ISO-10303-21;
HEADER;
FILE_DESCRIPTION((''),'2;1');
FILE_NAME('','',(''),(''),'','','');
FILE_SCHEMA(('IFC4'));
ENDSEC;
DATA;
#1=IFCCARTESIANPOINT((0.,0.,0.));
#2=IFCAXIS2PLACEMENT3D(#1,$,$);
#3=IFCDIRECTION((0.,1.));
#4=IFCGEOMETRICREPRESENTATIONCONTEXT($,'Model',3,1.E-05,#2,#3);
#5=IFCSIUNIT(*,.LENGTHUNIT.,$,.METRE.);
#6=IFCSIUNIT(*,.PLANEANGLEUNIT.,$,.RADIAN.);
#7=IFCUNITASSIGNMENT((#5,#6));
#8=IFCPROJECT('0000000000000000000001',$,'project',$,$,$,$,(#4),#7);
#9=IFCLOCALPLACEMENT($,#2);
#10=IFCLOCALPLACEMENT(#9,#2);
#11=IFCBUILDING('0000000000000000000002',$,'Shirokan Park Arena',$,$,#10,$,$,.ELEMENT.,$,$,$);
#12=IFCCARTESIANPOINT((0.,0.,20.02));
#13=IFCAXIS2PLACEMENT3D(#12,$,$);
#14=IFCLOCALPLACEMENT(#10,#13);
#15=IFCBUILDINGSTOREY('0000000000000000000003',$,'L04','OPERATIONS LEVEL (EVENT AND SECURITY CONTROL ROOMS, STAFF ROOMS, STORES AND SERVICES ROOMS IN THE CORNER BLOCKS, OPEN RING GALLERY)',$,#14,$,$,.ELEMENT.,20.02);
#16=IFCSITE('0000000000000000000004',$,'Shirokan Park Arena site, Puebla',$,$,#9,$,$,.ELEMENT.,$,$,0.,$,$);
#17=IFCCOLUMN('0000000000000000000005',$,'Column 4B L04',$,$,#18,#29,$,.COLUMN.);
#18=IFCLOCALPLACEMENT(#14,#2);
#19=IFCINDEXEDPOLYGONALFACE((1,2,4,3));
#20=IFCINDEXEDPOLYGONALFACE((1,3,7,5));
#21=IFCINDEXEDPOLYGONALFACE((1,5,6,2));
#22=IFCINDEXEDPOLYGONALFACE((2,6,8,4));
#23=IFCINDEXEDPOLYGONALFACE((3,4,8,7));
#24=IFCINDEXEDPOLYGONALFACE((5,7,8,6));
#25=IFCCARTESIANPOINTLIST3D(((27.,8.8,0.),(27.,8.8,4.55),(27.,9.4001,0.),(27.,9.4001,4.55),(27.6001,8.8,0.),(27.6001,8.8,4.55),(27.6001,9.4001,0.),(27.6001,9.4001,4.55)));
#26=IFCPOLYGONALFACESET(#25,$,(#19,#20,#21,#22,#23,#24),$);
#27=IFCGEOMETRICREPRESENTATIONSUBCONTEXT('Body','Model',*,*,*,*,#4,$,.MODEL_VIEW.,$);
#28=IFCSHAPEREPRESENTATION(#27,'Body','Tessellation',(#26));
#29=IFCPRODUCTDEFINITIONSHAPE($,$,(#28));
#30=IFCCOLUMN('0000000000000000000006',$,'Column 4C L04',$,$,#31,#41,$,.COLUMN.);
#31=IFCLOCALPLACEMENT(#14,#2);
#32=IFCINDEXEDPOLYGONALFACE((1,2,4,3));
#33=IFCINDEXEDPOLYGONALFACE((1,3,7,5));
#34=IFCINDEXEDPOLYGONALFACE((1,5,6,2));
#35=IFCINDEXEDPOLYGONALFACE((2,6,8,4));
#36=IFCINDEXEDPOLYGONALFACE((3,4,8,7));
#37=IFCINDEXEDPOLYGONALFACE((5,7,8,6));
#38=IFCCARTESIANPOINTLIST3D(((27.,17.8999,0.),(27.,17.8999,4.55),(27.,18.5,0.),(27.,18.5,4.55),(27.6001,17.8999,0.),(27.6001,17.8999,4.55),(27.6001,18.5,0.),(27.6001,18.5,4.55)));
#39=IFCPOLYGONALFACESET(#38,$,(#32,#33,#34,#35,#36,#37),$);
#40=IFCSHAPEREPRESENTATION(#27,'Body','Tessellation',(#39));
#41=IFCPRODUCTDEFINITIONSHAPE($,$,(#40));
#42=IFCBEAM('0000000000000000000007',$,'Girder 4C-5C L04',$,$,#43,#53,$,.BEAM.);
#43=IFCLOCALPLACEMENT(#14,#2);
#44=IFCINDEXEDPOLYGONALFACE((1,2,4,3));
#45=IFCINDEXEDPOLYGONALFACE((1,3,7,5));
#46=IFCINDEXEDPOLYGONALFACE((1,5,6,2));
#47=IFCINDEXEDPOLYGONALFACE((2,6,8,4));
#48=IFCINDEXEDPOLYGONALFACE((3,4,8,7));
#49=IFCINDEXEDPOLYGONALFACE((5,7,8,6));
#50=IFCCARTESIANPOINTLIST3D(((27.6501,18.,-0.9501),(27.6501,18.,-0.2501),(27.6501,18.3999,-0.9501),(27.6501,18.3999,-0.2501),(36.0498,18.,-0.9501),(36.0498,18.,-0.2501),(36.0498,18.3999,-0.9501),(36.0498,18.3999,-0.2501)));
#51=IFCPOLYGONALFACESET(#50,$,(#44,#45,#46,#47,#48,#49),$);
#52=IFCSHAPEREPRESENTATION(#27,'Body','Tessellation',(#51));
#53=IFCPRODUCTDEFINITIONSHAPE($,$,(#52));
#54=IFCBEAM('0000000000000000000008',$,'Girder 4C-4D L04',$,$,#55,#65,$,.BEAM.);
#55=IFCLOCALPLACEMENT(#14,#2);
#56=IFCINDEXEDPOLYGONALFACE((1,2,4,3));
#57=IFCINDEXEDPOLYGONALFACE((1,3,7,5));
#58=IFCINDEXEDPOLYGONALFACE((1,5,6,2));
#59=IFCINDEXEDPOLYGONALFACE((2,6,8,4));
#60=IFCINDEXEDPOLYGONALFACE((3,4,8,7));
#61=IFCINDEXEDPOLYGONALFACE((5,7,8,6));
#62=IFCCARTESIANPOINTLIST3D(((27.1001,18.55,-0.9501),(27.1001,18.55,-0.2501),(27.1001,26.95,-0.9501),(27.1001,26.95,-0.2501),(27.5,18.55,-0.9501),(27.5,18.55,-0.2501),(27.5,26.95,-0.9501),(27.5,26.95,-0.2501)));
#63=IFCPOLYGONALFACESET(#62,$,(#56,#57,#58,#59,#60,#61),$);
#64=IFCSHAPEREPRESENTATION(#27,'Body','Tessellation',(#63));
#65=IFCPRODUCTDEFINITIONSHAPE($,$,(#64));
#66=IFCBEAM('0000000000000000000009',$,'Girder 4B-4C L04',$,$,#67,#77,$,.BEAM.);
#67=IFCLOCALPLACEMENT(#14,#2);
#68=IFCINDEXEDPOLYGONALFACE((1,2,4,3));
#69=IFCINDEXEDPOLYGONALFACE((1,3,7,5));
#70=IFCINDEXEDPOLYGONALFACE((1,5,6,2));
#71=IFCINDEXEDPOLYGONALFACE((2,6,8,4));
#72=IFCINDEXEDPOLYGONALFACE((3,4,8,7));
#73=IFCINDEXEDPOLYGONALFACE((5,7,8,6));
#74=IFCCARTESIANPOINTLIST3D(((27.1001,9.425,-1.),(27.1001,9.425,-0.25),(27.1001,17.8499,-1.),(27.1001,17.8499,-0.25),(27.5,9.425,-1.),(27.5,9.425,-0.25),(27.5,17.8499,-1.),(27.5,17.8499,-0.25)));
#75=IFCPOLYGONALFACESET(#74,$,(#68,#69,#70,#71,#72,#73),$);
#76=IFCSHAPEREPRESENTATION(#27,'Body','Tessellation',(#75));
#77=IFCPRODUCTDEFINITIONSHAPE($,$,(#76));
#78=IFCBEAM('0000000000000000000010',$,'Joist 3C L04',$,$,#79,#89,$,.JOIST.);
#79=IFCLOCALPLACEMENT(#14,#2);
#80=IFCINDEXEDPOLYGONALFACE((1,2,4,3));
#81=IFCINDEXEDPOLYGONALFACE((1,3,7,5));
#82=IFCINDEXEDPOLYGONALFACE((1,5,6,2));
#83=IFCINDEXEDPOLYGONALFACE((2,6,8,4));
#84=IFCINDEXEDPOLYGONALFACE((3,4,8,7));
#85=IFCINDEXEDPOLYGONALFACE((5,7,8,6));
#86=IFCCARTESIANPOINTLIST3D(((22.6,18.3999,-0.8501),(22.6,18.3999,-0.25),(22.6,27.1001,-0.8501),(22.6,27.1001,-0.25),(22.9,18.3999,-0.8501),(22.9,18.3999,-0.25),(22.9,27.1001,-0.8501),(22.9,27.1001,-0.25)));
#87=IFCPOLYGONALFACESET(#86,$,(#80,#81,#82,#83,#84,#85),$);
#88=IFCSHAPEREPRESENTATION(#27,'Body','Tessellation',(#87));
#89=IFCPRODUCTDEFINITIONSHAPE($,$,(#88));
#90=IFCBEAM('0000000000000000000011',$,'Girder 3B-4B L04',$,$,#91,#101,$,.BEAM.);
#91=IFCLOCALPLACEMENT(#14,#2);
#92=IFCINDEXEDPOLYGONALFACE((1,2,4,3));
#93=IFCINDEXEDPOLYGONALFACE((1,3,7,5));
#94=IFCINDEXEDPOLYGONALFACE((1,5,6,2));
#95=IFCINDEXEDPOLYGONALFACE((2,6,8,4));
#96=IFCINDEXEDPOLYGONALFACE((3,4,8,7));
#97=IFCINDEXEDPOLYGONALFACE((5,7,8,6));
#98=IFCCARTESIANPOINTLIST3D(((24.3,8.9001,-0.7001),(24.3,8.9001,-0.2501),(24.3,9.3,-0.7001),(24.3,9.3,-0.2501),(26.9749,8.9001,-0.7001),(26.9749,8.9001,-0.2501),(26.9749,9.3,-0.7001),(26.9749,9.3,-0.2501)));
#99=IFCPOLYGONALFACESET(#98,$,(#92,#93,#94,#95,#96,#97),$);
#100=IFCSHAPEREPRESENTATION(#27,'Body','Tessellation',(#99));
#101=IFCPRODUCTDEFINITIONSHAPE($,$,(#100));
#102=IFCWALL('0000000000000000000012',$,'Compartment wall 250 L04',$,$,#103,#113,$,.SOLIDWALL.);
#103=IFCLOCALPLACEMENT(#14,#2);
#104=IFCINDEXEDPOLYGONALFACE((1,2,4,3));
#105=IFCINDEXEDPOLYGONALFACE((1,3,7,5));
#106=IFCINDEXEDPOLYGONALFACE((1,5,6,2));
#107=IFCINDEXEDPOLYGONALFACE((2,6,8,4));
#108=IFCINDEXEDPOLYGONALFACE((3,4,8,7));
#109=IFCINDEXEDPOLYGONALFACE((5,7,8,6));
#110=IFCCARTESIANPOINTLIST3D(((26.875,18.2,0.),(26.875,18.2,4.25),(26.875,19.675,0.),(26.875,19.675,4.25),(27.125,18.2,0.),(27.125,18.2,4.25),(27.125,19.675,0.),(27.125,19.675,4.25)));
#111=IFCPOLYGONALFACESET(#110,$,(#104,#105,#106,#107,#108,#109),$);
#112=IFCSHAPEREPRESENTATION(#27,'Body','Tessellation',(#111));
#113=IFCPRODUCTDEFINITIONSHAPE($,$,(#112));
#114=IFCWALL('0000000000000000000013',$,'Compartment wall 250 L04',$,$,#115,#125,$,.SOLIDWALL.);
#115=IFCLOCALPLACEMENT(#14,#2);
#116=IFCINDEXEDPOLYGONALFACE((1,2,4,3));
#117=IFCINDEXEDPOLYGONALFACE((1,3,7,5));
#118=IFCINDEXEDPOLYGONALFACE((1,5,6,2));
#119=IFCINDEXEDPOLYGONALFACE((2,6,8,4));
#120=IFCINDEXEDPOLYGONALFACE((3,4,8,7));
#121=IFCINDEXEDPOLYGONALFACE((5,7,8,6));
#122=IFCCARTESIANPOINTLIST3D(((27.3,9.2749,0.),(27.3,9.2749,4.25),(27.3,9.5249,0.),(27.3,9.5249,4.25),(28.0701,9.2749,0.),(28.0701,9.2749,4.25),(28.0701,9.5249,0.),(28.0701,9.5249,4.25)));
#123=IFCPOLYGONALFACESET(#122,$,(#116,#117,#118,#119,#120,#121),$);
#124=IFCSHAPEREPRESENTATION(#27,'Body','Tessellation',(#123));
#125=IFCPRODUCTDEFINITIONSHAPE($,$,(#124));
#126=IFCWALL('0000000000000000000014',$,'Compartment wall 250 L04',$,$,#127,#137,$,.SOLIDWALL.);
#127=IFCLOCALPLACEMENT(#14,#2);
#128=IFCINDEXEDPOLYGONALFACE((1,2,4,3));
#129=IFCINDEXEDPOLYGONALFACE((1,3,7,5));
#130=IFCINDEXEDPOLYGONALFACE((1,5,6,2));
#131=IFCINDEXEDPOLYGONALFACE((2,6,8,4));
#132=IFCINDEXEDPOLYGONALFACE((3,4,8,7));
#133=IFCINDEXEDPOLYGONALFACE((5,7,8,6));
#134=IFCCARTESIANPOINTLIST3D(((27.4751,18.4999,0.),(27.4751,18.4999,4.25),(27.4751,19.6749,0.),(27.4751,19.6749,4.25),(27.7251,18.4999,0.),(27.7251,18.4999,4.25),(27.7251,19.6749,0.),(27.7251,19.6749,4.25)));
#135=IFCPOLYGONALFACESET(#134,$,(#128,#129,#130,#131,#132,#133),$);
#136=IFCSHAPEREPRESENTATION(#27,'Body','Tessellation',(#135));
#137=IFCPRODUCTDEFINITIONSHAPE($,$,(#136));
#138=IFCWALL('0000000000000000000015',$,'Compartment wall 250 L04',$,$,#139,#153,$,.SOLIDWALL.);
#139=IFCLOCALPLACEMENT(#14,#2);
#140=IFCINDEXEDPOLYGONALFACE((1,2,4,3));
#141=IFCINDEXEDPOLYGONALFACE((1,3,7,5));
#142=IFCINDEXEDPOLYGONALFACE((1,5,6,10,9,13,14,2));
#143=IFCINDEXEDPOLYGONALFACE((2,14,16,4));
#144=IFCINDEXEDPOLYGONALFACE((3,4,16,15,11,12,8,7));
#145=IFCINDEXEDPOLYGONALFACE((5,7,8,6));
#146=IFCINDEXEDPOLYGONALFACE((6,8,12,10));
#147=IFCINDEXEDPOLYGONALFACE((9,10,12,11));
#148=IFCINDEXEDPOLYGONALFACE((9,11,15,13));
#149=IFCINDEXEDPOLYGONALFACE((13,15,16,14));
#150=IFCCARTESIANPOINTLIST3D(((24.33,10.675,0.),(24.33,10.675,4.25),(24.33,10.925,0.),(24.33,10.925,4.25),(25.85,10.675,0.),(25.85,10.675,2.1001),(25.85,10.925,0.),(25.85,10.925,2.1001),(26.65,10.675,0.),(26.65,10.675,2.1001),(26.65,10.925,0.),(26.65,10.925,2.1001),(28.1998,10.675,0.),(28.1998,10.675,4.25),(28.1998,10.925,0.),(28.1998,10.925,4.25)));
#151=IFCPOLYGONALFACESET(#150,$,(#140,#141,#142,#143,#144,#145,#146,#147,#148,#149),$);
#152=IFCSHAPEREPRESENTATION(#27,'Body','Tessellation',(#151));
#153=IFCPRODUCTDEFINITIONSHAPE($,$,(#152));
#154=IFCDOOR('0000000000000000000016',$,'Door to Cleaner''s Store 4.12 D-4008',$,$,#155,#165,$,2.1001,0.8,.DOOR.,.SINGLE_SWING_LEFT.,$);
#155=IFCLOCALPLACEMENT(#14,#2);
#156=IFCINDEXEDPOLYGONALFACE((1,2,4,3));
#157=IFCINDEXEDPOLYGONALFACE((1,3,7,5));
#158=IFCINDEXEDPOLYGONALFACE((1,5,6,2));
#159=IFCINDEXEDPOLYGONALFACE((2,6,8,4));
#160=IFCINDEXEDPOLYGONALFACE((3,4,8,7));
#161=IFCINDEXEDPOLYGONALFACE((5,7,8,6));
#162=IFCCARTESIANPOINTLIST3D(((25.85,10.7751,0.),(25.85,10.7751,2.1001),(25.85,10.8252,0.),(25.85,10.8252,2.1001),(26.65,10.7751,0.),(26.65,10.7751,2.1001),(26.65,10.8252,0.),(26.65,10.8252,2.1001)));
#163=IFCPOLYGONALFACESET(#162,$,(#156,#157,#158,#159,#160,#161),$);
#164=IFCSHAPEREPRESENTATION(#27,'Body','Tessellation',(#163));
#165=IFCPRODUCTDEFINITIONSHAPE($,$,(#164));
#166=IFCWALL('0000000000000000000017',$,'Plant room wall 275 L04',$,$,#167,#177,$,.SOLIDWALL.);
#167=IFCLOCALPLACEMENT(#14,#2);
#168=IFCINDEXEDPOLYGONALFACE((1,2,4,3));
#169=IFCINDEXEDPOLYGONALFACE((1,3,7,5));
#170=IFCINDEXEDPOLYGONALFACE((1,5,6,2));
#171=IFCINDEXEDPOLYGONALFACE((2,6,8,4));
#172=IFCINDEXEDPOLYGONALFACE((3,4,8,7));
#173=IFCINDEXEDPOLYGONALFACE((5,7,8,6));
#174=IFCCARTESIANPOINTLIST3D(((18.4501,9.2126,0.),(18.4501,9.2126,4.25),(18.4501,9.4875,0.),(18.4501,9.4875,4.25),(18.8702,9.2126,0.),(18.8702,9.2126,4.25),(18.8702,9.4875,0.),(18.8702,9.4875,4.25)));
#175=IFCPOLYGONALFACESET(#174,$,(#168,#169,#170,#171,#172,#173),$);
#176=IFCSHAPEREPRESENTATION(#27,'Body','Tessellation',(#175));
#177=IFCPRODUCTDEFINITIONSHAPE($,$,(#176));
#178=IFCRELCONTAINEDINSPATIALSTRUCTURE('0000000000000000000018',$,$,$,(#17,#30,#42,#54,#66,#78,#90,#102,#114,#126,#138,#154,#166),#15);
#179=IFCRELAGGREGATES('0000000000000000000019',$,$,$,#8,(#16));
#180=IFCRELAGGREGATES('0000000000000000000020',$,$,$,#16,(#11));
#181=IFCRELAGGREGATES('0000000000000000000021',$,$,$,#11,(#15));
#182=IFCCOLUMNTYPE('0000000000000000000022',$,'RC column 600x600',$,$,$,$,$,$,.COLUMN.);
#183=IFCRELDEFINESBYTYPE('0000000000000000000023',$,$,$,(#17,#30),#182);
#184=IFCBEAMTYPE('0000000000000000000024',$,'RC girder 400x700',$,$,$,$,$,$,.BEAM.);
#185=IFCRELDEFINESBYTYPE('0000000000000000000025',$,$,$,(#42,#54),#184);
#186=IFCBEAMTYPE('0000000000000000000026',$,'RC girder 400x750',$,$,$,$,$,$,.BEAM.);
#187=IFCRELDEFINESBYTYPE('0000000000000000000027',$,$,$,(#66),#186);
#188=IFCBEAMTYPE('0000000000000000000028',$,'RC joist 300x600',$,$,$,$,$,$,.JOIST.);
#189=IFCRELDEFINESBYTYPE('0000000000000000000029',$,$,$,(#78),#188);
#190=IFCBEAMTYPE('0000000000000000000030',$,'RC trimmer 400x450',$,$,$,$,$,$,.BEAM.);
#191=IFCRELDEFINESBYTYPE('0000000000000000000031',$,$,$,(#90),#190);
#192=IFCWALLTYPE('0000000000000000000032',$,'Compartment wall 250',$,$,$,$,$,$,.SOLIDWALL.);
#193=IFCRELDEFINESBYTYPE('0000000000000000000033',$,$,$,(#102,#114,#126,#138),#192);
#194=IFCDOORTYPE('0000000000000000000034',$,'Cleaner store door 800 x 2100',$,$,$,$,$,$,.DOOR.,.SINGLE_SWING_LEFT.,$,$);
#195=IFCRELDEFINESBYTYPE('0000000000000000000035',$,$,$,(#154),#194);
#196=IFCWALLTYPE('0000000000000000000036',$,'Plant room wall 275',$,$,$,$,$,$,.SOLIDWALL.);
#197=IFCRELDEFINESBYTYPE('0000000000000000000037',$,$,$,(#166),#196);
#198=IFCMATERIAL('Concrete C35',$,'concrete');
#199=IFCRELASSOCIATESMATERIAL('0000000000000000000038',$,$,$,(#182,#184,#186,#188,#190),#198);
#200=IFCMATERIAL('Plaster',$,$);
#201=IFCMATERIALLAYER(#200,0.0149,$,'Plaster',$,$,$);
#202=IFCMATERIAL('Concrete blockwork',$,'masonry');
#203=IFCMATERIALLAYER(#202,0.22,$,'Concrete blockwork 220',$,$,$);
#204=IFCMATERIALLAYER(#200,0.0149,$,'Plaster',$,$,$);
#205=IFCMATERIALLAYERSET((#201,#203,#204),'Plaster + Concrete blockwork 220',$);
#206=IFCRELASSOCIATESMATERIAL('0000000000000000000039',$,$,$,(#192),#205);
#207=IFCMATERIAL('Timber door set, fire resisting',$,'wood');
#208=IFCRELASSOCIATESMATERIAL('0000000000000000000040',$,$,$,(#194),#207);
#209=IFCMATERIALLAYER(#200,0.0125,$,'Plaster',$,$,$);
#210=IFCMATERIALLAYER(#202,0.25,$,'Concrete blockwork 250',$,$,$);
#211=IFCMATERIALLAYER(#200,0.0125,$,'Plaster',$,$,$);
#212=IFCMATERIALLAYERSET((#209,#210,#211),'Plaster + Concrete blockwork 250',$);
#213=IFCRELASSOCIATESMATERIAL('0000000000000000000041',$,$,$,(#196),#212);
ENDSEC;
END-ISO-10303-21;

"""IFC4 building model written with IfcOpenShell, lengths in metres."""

from ifc_helpers import new_model, si_unit, direction, frame, frame_2d, origin, origin_2d, place, context, subcontext, project, spatial, rectangle, extrude, material, layer, layer_set, material_profile, profile_set, type_object, element, fill, save


model = new_model("IFC4")

# Units and contexts
model_context = context("Model", 3, precision=1e-05, world=origin(), true_north=direction((0.0, 1.0)))
body_context = subcontext(model_context, "Body", "Model", "MODEL_VIEW")
ifc_project = project(units=[si_unit("LENGTHUNIT", "METRE"), si_unit("PLANEANGLEUNIT", "RADIAN")], contexts=[model_context])

# Site, building, storey
site_placement = place(None, origin())
site = spatial("IfcSite", under=ifc_project, at=site_placement, Name="Shirokan Park Arena site, Puebla", CompositionType="ELEMENT", RefElevation=0.0)
building_placement = place(site_placement, origin())
building = spatial("IfcBuilding", under=site, at=building_placement, Name="Shirokan Park Arena", CompositionType="ELEMENT")
storey_placement = place(building_placement, frame((0.0, 0.0, 20.02)))
storey = spatial("IfcBuildingStorey", under=building, at=storey_placement, Name="L04", Description="OPERATIONS LEVEL (EVENT AND SECURITY CONTROL ROOMS, STAFF ROOMS, STORES AND SERVICES ROOMS IN THE CORNER BLOCKS, OPEN RING GALLERY)", CompositionType="ELEMENT", Elevation=20.02)

# Columns
ifc_material_1 = material(Name="Concrete C35", Category="concrete")
ifc_material_profile_1 = material_profile(ifc_material_1, rectangle(XDim=0.6001, YDim=0.6001, at=origin_2d()), Name="600x600")
ifc_profile_set_1 = profile_set([ifc_material_profile_1], Name="Concrete C35")
column_type = type_object("IfcColumnType", Name="RC column 600x600", PredefinedType="COLUMN", material=ifc_profile_set_1)
for number, where, z_axis, x_axis, name in (
    (1, (27.3, 9.1001, 0.0), (0.0, 0.0, 1.0), (1.0, 0.0, 0.0), "Column 4B L04"),
    (2, (27.3, 18.2, 0.0), (0.0, 0.0, 1.0), (1.0, 0.0, 0.0), "Column 4C L04"),
):
    element("IfcColumn", number, at=place(storey_placement, frame(where, z_axis=z_axis, x_axis=x_axis)), inside=storey, type_object=column_type, Name=name, PredefinedType="COLUMN", context=body_context, shape_type="SweptSolid", body=[
        extrude(rectangle(XDim=0.6001, YDim=0.6001, at=origin_2d()), origin(), (0.0, 0.0, 1.0), 4.55),
    ])

# Beams
ifc_material_profile_2 = material_profile(ifc_material_1, rectangle(XDim=0.3999, YDim=0.7, at=origin_2d()), Name="400x700")
ifc_profile_set_2 = profile_set([ifc_material_profile_2], Name="Concrete C35")
beam_type_1 = type_object("IfcBeamType", Name="RC girder 400x700", PredefinedType="BEAM", material=ifc_profile_set_2)
beam_1_placement = place(storey_placement, frame((27.6501, 18.2, -0.6001), z_axis=(1.0, 0.0, 0.0), x_axis=(0.0, 1.0, 0.0)))
element("IfcBeam", 3, at=beam_1_placement, inside=storey, type_object=beam_type_1, Name="Girder 4C-5C L04", PredefinedType="BEAM", context=body_context, shape_type="SweptSolid", body=[
    extrude(rectangle(XDim=0.3999, YDim=0.7, at=origin_2d()), origin(), (0.0, 0.0, 1.0), 8.3997),
])
beam_2_placement = place(storey_placement, frame((27.3, 18.55, -0.6001), z_axis=(0.0, 1.0, 0.0), x_axis=(-1.0, 0.0, 0.0)))
element("IfcBeam", 4, at=beam_2_placement, inside=storey, type_object=beam_type_1, Name="Girder 4C-4D L04", PredefinedType="BEAM", context=body_context, shape_type="SweptSolid", body=[
    extrude(rectangle(XDim=0.3999, YDim=0.7, at=origin_2d()), origin(), (0.0, 0.0, 1.0), 8.3999),
])
ifc_material_profile_3 = material_profile(ifc_material_1, rectangle(XDim=0.3999, YDim=0.75, at=origin_2d()), Name="400x750")
ifc_profile_set_3 = profile_set([ifc_material_profile_3], Name="Concrete C35")
beam_type_2 = type_object("IfcBeamType", Name="RC girder 400x750", PredefinedType="BEAM", material=ifc_profile_set_3)
beam_3_placement = place(storey_placement, frame((27.3, 9.425, -0.625), z_axis=(0.0, 1.0, 0.0), x_axis=(-1.0, 0.0, 0.0)))
element("IfcBeam", 5, at=beam_3_placement, inside=storey, type_object=beam_type_2, Name="Girder 4B-4C L04", PredefinedType="BEAM", context=body_context, shape_type="SweptSolid", body=[
    extrude(rectangle(XDim=0.3999, YDim=0.75, at=origin_2d()), origin(), (0.0, 0.0, 1.0), 8.4248),
])
ifc_material_profile_4 = material_profile(ifc_material_1, rectangle(XDim=0.3, YDim=0.6001, at=origin_2d()), Name="300x600")
ifc_profile_set_4 = profile_set([ifc_material_profile_4], Name="Concrete C35")
beam_type_3 = type_object("IfcBeamType", Name="RC joist 300x600", PredefinedType="JOIST", material=ifc_profile_set_4)
beam_4_placement = place(storey_placement, frame((22.75, 18.3999, -0.55), z_axis=(0.0, 1.0, 0.0), x_axis=(-1.0, 0.0, 0.0)))
element("IfcBeam", 6, at=beam_4_placement, inside=storey, type_object=beam_type_3, Name="Joist 3C L04", PredefinedType="JOIST", context=body_context, shape_type="SweptSolid", body=[
    extrude(rectangle(XDim=0.3, YDim=0.6001, at=origin_2d()), origin(), (0.0, 0.0, 1.0), 8.7002),
])
ifc_material_profile_5 = material_profile(ifc_material_1, rectangle(XDim=0.3999, YDim=0.45, at=origin_2d()), Name="400x450")
ifc_profile_set_5 = profile_set([ifc_material_profile_5], Name="Concrete C35")
beam_type_4 = type_object("IfcBeamType", Name="RC trimmer 400x450", PredefinedType="BEAM", material=ifc_profile_set_5)
beam_5_placement = place(storey_placement, frame((24.3, 9.1001, -0.4751), z_axis=(1.0, 0.0, 0.0), x_axis=(0.0, 1.0, 0.0)))
element("IfcBeam", 7, at=beam_5_placement, inside=storey, type_object=beam_type_4, Name="Girder 3B-4B L04", PredefinedType="BEAM", context=body_context, shape_type="SweptSolid", body=[
    extrude(rectangle(XDim=0.3999, YDim=0.45, at=origin_2d()), origin(), (0.0, 0.0, 1.0), 2.6748),
])

# Walls
ifc_material_2 = material(Name="Plaster")
ifc_layer_1 = layer(ifc_material_2, 0.0149, Name="Plaster")
ifc_material_3 = material(Name="Concrete blockwork", Category="masonry")
ifc_layer_2 = layer(ifc_material_3, 0.22, Name="Concrete blockwork 220")
ifc_layer_3 = layer(ifc_material_2, 0.0149, Name="Plaster")
ifc_layer_set_1 = layer_set([ifc_layer_1, ifc_layer_2, ifc_layer_3], Name="Plaster + Concrete blockwork 220")
wall_type_1 = type_object("IfcWallType", Name="Compartment wall 250", PredefinedType="SOLIDWALL", material=ifc_layer_set_1)
wall_1_placement = place(storey_placement, frame((27.0, 18.2, 0.0), z_axis=(0.0, 0.0, 1.0), x_axis=(0.0, 1.0, 0.0)))
element("IfcWall", 8, at=wall_1_placement, inside=storey, type_object=wall_type_1, Name="Compartment wall 250 L04", PredefinedType="SOLIDWALL", context=body_context, shape_type="SweptSolid", body=[
    extrude(rectangle(XDim=1.4751, YDim=0.25, at=frame_2d((0.7375, 0.0))), origin(), (0.0, 0.0, 1.0), 4.25),
])
wall_2_placement = place(storey_placement, frame((27.3, 9.3999, 0.0), z_axis=(0.0, 0.0, 1.0), x_axis=(1.0, 0.0, 0.0)))
element("IfcWall", 9, at=wall_2_placement, inside=storey, type_object=wall_type_1, Name="Compartment wall 250 L04", PredefinedType="SOLIDWALL", context=body_context, shape_type="SweptSolid", body=[
    extrude(rectangle(XDim=0.77, YDim=0.25, at=frame_2d((0.385, 0.0))), origin(), (0.0, 0.0, 1.0), 4.25),
])
wall_3_placement = place(storey_placement, frame((27.6001, 18.5, 0.0), z_axis=(0.0, 0.0, 1.0), x_axis=(0.0, 1.0, 0.0)))
element("IfcWall", 10, at=wall_3_placement, inside=storey, type_object=wall_type_1, Name="Compartment wall 250 L04", PredefinedType="SOLIDWALL", context=body_context, shape_type="SweptSolid", body=[
    extrude(rectangle(XDim=1.175, YDim=0.25, at=frame_2d((0.5874, 0.0))), origin(), (0.0, 0.0, 1.0), 4.25),
])

# Wall, opening, door
wall_4_placement = place(storey_placement, frame((28.2, 10.8, 0.0), z_axis=(0.0, 0.0, 1.0), x_axis=(-1.0, 0.0, 0.0)))
wall_4 = element("IfcWall", 11, at=wall_4_placement, inside=storey, type_object=wall_type_1, Name="Compartment wall 250 L04", PredefinedType="SOLIDWALL", context=body_context, shape_type="SweptSolid", body=[
    extrude(rectangle(XDim=3.8699, YDim=0.25, at=frame_2d((1.9351, 0.0))), origin(), (0.0, 0.0, 1.0), 4.25),
])
opening_1_placement = place(wall_4_placement, frame((1.55, 0.0, 0.0)))
opening_1 = element("IfcOpeningElement", 12, at=opening_1_placement, cuts=wall_4, PredefinedType="OPENING", context=body_context, shape_type="SweptSolid", body=[
    extrude(rectangle(XDim=0.8, YDim=2.1001, at=frame_2d((0.3999, 1.05))), frame((0.0, 0.135, 0.0), z_axis=(0.0, -1.0, 0.0), x_axis=(1.0, 0.0, 0.0)), (0.0, 0.0, 1.0), 0.27),
])
ifc_material_4 = material(Name="Timber door set, fire resisting", Category="wood")
door_type_1 = type_object("IfcDoorType", Name="Cleaner store door 800 x 2100", OperationType="SINGLE_SWING_LEFT", PredefinedType="DOOR", material=ifc_material_4)
door_1_placement = place(opening_1_placement, origin())
door_1 = element("IfcDoor", 13, at=door_1_placement, inside=storey, type_object=door_type_1, Name="Door to Cleaner's Store 4.12 D-4008", OperationType="SINGLE_SWING_LEFT", OverallHeight=2.1001, OverallWidth=0.8, PredefinedType="DOOR", context=body_context, shape_type="SweptSolid", body=[
    extrude(rectangle(XDim=0.8, YDim=2.1001, at=frame_2d((0.3999, 1.05))), frame((0.0, 0.0249, 0.0), z_axis=(0.0, -1.0, 0.0), x_axis=(1.0, 0.0, 0.0)), (0.0, 0.0, 1.0), 0.05),
])
fill(opening_1, door_1)

# Wall
ifc_layer_4 = layer(ifc_material_2, 0.0125, Name="Plaster")
ifc_layer_5 = layer(ifc_material_3, 0.25, Name="Concrete blockwork 250")
ifc_layer_6 = layer(ifc_material_2, 0.0125, Name="Plaster")
ifc_layer_set_2 = layer_set([ifc_layer_4, ifc_layer_5, ifc_layer_6], Name="Plaster + Concrete blockwork 250")
wall_type_2 = type_object("IfcWallType", Name="Plant room wall 275", PredefinedType="SOLIDWALL", material=ifc_layer_set_2)
wall_5_placement = place(storey_placement, frame((18.8701, 9.3501, 0.0), z_axis=(0.0, 0.0, 1.0), x_axis=(-1.0, 0.0, 0.0)))
element("IfcWall", 14, at=wall_5_placement, inside=storey, type_object=wall_type_2, Name="Plant room wall 275 L04", PredefinedType="SOLIDWALL", context=body_context, shape_type="SweptSolid", body=[
    extrude(rectangle(XDim=0.4202, YDim=0.2749, at=frame_2d((0.21, 0.0))), origin(), (0.0, 0.0, 1.0), 4.25),
])

save(model, "model.ifc")
